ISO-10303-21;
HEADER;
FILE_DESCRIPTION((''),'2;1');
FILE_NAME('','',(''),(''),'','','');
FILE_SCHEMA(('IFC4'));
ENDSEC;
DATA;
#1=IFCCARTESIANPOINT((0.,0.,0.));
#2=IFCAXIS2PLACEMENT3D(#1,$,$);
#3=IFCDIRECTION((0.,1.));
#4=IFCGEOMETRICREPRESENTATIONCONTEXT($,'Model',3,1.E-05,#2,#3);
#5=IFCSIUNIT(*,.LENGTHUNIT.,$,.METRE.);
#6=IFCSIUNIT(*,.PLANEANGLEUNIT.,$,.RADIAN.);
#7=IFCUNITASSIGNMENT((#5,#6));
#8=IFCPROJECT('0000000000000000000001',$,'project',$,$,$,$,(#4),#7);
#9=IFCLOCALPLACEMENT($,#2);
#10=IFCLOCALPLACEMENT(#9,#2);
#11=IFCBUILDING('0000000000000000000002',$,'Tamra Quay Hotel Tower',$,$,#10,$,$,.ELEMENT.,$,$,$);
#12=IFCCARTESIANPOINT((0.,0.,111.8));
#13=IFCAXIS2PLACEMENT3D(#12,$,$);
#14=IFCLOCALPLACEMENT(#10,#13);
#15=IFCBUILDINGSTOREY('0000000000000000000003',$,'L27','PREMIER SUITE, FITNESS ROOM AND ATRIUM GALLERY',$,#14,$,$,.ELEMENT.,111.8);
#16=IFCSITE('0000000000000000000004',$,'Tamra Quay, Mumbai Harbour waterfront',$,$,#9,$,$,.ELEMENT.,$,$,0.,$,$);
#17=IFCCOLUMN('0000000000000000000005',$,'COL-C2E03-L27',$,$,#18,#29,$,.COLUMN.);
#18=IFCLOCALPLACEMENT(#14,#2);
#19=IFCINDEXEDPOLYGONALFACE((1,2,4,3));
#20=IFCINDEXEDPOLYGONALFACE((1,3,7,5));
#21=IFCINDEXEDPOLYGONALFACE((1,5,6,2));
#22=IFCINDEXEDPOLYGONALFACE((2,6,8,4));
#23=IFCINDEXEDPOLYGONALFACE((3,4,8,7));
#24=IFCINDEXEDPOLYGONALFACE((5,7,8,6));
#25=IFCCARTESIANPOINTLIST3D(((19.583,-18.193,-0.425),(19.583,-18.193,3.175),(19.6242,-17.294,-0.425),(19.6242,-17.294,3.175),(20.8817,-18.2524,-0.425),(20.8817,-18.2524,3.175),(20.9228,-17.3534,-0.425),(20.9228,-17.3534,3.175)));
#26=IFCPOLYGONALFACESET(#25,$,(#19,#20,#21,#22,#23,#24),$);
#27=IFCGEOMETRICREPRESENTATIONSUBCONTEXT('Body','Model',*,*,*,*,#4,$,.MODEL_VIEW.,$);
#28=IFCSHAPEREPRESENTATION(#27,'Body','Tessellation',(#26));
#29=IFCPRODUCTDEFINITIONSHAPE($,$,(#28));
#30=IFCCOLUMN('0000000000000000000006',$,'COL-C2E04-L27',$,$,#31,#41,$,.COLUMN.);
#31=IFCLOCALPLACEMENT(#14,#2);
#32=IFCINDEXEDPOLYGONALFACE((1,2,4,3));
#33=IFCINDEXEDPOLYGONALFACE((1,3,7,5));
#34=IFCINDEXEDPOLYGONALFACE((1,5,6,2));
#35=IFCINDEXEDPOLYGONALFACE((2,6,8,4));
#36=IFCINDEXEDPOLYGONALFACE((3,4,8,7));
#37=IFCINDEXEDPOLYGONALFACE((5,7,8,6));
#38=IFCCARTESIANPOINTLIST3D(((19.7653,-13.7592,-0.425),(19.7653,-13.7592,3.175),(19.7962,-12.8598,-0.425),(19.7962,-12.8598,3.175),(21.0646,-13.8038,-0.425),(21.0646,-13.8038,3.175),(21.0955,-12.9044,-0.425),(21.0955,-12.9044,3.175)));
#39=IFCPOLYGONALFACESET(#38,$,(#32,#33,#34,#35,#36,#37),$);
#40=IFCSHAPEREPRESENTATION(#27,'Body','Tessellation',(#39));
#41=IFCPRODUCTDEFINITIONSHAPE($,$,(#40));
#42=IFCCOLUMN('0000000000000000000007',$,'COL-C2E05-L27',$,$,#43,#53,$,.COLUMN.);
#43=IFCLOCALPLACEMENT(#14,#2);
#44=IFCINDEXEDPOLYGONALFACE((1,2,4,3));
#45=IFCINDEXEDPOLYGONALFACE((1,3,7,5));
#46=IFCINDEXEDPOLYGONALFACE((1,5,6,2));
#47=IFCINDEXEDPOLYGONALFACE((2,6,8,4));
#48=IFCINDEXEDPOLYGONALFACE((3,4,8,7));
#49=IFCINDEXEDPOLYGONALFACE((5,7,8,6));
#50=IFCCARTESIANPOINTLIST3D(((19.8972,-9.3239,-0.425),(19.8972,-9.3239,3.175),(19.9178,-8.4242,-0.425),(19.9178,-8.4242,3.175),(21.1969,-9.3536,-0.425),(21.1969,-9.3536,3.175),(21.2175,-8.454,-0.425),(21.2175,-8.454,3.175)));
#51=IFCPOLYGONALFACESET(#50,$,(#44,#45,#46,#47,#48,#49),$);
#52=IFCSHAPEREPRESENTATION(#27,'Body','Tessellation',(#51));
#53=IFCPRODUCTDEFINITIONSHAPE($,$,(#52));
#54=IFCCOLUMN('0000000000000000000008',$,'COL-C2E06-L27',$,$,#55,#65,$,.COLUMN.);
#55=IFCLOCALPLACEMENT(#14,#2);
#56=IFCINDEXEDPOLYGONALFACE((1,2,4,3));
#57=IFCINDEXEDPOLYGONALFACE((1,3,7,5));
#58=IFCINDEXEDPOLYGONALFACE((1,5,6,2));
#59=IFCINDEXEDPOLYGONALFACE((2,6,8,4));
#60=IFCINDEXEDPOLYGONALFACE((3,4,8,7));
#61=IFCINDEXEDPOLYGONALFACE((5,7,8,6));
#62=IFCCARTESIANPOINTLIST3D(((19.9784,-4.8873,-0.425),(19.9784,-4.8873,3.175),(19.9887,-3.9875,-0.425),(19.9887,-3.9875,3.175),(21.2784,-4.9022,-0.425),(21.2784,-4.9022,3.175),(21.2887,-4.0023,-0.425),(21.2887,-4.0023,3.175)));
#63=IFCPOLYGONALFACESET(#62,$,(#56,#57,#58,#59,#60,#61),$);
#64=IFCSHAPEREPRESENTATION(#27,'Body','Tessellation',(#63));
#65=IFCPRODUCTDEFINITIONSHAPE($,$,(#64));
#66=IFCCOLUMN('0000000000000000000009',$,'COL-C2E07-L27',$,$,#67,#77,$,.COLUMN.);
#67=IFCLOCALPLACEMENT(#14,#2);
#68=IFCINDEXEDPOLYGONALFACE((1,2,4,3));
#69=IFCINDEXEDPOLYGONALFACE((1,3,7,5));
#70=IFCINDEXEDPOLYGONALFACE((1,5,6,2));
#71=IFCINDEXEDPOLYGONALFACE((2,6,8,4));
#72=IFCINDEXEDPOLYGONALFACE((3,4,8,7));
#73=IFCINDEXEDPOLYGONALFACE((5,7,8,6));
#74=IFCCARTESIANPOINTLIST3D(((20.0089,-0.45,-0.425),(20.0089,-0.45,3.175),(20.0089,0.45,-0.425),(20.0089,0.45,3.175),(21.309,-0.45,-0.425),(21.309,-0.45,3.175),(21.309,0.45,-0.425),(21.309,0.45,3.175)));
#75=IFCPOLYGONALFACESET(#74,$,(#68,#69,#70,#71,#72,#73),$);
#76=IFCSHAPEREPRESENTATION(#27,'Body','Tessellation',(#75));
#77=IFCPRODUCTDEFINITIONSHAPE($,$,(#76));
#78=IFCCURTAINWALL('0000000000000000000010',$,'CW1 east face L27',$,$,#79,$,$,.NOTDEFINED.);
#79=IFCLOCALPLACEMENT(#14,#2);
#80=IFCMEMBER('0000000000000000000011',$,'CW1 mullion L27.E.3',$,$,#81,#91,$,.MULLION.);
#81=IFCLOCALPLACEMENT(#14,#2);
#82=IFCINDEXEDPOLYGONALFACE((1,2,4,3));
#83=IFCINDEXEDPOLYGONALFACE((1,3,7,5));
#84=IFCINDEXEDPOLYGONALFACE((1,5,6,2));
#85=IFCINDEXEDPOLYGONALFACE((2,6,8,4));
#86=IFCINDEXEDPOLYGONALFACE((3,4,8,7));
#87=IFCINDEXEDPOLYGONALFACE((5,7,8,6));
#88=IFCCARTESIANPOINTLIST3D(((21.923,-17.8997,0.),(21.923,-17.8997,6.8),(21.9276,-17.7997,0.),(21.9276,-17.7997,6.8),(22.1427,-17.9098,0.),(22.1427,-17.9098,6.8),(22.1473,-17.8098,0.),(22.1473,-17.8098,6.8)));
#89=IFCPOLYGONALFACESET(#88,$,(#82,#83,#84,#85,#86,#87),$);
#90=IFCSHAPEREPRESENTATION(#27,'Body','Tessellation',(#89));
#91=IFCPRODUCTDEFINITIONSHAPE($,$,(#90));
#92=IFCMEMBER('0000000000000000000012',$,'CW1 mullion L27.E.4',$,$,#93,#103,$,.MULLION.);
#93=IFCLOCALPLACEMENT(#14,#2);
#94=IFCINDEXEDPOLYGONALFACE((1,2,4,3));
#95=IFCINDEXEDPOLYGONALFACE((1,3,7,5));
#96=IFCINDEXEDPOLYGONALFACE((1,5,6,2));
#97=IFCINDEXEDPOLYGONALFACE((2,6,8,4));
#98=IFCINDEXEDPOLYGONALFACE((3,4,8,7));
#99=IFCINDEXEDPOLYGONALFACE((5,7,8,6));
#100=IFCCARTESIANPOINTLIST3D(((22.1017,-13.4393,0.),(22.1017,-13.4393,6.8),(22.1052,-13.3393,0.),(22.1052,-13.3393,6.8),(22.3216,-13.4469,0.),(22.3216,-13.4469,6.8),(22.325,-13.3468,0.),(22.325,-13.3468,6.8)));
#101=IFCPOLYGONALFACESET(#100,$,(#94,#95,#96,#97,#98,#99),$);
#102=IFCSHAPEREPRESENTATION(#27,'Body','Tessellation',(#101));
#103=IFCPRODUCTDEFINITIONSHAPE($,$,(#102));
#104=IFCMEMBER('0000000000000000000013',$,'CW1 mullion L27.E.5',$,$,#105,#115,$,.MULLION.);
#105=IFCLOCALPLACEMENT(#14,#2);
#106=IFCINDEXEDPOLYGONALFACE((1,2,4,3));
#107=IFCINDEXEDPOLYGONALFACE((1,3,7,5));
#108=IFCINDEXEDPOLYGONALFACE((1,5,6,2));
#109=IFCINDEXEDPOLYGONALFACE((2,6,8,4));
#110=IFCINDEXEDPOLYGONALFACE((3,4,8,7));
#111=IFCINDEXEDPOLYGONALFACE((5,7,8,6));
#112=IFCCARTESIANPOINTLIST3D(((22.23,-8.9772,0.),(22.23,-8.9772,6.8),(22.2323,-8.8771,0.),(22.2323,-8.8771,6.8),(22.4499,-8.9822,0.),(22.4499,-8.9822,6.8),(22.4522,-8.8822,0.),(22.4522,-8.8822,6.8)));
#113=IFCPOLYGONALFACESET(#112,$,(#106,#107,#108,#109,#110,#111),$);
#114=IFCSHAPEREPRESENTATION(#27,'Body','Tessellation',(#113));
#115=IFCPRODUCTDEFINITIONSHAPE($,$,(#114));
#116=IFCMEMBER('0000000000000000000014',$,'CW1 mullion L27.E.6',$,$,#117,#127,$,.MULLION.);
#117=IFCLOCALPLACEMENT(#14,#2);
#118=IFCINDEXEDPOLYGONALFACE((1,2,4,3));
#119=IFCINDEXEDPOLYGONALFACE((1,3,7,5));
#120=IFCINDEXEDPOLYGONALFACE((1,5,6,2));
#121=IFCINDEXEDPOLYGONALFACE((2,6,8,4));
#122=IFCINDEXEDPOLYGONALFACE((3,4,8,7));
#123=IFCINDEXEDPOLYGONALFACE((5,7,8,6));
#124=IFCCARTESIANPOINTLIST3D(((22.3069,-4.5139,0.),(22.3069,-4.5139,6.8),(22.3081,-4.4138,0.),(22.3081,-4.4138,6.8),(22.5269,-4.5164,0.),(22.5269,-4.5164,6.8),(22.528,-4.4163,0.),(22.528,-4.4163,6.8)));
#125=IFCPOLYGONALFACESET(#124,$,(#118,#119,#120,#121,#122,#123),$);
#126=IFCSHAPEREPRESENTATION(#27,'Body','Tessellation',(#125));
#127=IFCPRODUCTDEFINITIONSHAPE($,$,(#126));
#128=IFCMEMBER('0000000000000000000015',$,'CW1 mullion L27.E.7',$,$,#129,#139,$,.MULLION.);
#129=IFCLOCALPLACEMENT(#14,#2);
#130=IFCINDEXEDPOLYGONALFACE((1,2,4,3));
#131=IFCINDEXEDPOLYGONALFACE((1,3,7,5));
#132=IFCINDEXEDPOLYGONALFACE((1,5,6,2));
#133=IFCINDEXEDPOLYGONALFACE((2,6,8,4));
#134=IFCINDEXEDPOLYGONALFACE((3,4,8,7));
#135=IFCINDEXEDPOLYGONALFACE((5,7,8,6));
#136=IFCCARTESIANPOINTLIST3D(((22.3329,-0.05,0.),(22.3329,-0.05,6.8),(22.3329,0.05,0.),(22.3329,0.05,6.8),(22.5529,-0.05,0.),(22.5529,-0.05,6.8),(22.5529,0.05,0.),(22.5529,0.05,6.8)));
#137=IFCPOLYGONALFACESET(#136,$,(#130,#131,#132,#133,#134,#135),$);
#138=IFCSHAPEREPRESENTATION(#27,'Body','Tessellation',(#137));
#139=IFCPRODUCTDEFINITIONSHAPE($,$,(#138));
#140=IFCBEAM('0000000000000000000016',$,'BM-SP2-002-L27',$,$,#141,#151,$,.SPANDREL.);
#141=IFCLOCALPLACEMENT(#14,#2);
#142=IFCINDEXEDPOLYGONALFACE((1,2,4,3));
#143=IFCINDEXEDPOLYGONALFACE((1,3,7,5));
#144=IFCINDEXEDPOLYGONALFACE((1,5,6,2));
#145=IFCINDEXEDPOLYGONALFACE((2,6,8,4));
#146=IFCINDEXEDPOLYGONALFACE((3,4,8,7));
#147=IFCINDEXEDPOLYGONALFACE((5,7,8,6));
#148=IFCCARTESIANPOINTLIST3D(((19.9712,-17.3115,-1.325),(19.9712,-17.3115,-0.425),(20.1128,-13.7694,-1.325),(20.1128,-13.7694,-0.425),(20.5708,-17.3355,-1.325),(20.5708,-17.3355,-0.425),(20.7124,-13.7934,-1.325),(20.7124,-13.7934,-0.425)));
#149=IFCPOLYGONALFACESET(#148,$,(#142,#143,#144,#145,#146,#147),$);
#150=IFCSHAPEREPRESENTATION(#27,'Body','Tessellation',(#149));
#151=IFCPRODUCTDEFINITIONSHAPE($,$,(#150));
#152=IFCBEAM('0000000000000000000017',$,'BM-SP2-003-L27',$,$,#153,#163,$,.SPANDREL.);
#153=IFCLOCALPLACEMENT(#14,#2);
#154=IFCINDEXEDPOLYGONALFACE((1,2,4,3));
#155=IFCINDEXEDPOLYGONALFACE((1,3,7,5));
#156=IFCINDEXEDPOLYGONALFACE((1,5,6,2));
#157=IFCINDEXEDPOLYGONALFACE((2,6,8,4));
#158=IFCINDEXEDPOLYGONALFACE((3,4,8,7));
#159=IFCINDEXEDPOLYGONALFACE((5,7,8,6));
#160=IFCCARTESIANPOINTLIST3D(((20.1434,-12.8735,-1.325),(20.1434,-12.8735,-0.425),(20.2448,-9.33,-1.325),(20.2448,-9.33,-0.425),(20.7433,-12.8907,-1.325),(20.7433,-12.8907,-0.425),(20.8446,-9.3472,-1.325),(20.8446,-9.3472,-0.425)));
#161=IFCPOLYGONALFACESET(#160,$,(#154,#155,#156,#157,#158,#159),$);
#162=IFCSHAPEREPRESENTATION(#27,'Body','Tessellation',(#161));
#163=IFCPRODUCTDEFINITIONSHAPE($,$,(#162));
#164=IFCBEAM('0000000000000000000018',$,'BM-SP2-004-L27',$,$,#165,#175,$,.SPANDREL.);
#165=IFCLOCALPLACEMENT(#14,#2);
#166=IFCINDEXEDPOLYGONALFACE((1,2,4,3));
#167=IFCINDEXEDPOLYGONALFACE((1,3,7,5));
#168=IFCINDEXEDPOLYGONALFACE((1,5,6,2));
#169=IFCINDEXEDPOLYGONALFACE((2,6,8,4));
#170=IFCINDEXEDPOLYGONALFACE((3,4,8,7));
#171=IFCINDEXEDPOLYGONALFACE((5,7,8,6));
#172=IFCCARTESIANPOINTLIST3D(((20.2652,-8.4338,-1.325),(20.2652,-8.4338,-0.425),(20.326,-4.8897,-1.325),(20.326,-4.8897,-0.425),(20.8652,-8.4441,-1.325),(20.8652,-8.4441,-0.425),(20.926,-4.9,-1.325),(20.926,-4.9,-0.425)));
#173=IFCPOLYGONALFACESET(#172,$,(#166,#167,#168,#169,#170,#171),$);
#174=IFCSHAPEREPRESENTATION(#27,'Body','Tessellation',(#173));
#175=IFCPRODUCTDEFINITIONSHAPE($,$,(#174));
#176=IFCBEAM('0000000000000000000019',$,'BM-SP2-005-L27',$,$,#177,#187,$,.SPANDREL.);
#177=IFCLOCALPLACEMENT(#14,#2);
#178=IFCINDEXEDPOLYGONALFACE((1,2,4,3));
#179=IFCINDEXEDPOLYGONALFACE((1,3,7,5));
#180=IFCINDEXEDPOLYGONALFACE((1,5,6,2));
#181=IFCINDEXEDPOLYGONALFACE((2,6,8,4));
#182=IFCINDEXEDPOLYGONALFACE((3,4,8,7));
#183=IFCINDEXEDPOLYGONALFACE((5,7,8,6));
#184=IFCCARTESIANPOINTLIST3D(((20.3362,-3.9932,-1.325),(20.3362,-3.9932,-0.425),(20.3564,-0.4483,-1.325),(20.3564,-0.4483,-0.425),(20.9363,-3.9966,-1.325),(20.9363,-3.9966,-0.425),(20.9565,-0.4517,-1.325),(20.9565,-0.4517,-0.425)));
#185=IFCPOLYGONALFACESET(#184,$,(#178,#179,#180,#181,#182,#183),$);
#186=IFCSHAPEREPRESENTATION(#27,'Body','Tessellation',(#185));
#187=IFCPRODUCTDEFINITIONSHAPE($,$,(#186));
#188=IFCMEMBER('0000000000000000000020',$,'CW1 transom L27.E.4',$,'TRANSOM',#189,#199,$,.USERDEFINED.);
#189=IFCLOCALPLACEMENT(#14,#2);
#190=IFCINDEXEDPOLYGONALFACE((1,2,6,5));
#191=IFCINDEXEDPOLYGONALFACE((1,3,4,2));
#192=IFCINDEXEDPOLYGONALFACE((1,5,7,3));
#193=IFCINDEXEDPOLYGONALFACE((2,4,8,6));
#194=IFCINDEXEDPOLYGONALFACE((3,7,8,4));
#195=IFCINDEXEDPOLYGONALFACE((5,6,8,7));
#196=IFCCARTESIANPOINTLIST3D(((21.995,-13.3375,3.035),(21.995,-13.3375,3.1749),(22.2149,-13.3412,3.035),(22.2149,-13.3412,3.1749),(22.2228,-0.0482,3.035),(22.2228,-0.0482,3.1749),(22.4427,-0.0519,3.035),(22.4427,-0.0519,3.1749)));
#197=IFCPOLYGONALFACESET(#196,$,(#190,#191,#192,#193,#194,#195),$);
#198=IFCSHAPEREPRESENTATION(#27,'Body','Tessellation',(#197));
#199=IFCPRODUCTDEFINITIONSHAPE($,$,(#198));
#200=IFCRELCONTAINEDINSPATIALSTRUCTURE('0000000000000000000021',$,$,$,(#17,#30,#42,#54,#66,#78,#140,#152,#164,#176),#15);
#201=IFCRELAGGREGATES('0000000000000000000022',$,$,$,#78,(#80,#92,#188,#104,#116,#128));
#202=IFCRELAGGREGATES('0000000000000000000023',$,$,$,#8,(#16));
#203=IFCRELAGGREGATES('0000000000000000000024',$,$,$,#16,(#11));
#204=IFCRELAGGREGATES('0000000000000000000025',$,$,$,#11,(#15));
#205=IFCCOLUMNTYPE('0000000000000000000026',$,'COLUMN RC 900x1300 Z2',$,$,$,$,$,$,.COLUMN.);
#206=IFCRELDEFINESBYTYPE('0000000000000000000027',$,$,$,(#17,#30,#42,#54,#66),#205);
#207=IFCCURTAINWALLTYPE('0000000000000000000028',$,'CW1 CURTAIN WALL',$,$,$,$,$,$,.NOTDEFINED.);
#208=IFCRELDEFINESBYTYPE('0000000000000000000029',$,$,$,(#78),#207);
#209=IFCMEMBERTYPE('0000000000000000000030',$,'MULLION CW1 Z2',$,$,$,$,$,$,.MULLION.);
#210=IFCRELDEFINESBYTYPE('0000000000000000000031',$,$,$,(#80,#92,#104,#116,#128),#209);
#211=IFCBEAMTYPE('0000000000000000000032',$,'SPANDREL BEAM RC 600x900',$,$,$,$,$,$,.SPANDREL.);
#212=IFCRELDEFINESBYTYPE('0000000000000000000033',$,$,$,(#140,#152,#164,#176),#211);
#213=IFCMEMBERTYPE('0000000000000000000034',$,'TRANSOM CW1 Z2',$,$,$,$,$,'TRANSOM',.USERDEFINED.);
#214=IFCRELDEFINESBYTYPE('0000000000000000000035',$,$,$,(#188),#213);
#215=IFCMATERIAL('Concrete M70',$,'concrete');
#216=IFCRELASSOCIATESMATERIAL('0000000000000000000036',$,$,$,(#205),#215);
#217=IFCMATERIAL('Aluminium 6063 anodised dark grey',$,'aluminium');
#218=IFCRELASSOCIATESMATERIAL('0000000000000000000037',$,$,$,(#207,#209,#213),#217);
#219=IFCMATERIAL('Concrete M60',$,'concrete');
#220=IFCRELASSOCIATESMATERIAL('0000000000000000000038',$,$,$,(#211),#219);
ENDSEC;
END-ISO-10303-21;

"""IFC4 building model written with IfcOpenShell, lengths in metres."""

from ifc_helpers import new_model, si_unit, direction, frame, origin, origin_2d, place, context, subcontext, project, spatial, rectangle, extrude, material, material_profile, profile_set, type_object, element, aggregate, save


model = new_model("IFC4")

# Units and contexts
model_context = context("Model", 3, precision=1e-05, world=origin(), true_north=direction((0.0, 1.0)))
body_context = subcontext(model_context, "Body", "Model", "MODEL_VIEW")
ifc_project = project(units=[si_unit("LENGTHUNIT", "METRE"), si_unit("PLANEANGLEUNIT", "RADIAN")], contexts=[model_context])

# Site, building, storey
site_placement = place(None, origin())
site = spatial("IfcSite", under=ifc_project, at=site_placement, Name="Tamra Quay, Mumbai Harbour waterfront", CompositionType="ELEMENT", RefElevation=0.0)
building_placement = place(site_placement, origin())
building = spatial("IfcBuilding", under=site, at=building_placement, Name="Tamra Quay Hotel Tower", CompositionType="ELEMENT")
storey_placement = place(building_placement, frame((0.0, 0.0, 111.8)))
storey = spatial("IfcBuildingStorey", under=building, at=storey_placement, Name="L27", Description="PREMIER SUITE, FITNESS ROOM AND ATRIUM GALLERY", CompositionType="ELEMENT", Elevation=111.8)

# Columns
ifc_material_1 = material(Name="Concrete M70", Category="concrete")
ifc_material_profile_1 = material_profile(ifc_material_1, rectangle(XDim=1.3, YDim=0.8999, at=origin_2d()), Name="COLUMN RC 900x1300 Z2")
ifc_profile_set_1 = profile_set([ifc_material_profile_1], Name="Concrete M70")
column_type = type_object("IfcColumnType", Name="COLUMN RC 900x1300 Z2", PredefinedType="COLUMN", material=ifc_profile_set_1)
for number, where, z_axis, x_axis, name in (
    (1, (20.2529, -17.7732, -0.425), (0.0, 0.0, 1.0), (-0.998955, 0.045712, 0.0), "COL-C2E03-L27"),
    (2, (20.4304, -13.3318, -0.425), (0.0, 0.0, 1.0), (-0.999412, 0.034299, 0.0), "COL-C2E04-L27"),
    (3, (20.5574, -8.8889, -0.425), (0.0, 0.0, 1.0), (-0.999738, 0.022874, 0.0), "COL-C2E05-L27"),
    (4, (20.6335, -4.4448, -0.425), (0.0, 0.0, 1.0), (-0.999935, 0.011439, 0.0), "COL-C2E06-L27"),
    (5, (20.6589, 0.0, -0.425), (0.0, 0.0, 1.0), (1.0, 0.0, 0.0), "COL-C2E07-L27"),
):
    element("IfcColumn", number, at=place(storey_placement, frame(where, z_axis=z_axis, x_axis=x_axis)), inside=storey, type_object=column_type, Name=name, PredefinedType="COLUMN", context=body_context, shape_type="SweptSolid", body=[
        extrude(rectangle(XDim=1.3, YDim=0.8999, at=origin_2d()), origin(), (0.0, 0.0, 1.0), 3.6001),
    ])

# Curtain wall, members
ifc_material_2 = material(Name="Aluminium 6063 anodised dark grey", Category="aluminium")
curtain_wall_type = type_object("IfcCurtainWallType", Name="CW1 CURTAIN WALL", PredefinedType="NOTDEFINED", material=ifc_material_2)
curtain_wall_placement = place(storey_placement, origin())
curtain_wall = element("IfcCurtainWall", 6, at=curtain_wall_placement, inside=storey, type_object=curtain_wall_type, Name="CW1 east face L27", PredefinedType="NOTDEFINED")
ifc_material_profile_2 = material_profile(ifc_material_2, rectangle(XDim=0.22, YDim=0.1001, at=origin_2d()), Name="MULLION 100X220")
ifc_profile_set_2 = profile_set([ifc_material_profile_2], Name="Aluminium 6063 anodised dark grey")
member_type_1 = type_object("IfcMemberType", Name="MULLION CW1 Z2", PredefinedType="MULLION", material=ifc_profile_set_2)
member_1_placement = place(storey_placement, frame((22.0352, -17.8547, 0.0), z_axis=(0.0, 0.0, 1.0), x_axis=(0.998958, -0.045633, 0.0)))
member_1 = element("IfcMember", 7, at=member_1_placement, type_object=member_type_1, Name="CW1 mullion L27.E.3", PredefinedType="MULLION", context=body_context, shape_type="SweptSolid", body=[
    extrude(rectangle(XDim=0.22, YDim=0.1001, at=origin_2d()), origin(), (0.0, 0.0, 1.0), 6.8),
])
member_2_placement = place(storey_placement, frame((22.2134, -13.3931, 0.0), z_axis=(0.0, 0.0, 1.0), x_axis=(0.999413, -0.034246, 0.0)))
member_2 = element("IfcMember", 8, at=member_2_placement, type_object=member_type_1, Name="CW1 mullion L27.E.4", PredefinedType="MULLION", context=body_context, shape_type="SweptSolid", body=[
    extrude(rectangle(XDim=0.22, YDim=0.1001, at=origin_2d()), origin(), (0.0, 0.0, 1.0), 6.8),
])
member_3_placement = place(storey_placement, frame((22.3411, -8.9297, 0.0), z_axis=(0.0, 0.0, 1.0), x_axis=(0.999739, -0.02284, 0.0)))
member_3 = element("IfcMember", 9, at=member_3_placement, type_object=member_type_1, Name="CW1 mullion L27.E.5", PredefinedType="MULLION", context=body_context, shape_type="SweptSolid", body=[
    extrude(rectangle(XDim=0.22, YDim=0.1001, at=origin_2d()), origin(), (0.0, 0.0, 1.0), 6.8),
])
member_4_placement = place(storey_placement, frame((22.4175, -4.4651, 0.0), z_axis=(0.0, 0.0, 1.0), x_axis=(0.999935, -0.011423, 0.0)))
member_4 = element("IfcMember", 10, at=member_4_placement, type_object=member_type_1, Name="CW1 mullion L27.E.6", PredefinedType="MULLION", context=body_context, shape_type="SweptSolid", body=[
    extrude(rectangle(XDim=0.22, YDim=0.1001, at=origin_2d()), origin(), (0.0, 0.0, 1.0), 6.8),
])
member_5_placement = place(storey_placement, frame((22.4429, 0.0, 0.0), z_axis=(0.0, 0.0, 1.0), x_axis=(1.0, 0.0, 0.0)))
member_5 = element("IfcMember", 11, at=member_5_placement, type_object=member_type_1, Name="CW1 mullion L27.E.7", PredefinedType="MULLION", context=body_context, shape_type="SweptSolid", body=[
    extrude(rectangle(XDim=0.22, YDim=0.1001, at=origin_2d()), origin(), (0.0, 0.0, 1.0), 6.8),
])

# Beams
ifc_material_3 = material(Name="Concrete M60", Category="concrete")
ifc_material_profile_3 = material_profile(ifc_material_3, rectangle(XDim=0.6001, YDim=0.8999, at=origin_2d()), Name="SPANDREL BEAM RC 600x900")
ifc_profile_set_3 = profile_set([ifc_material_profile_3], Name="Concrete M60")
beam_type = type_object("IfcBeamType", Name="SPANDREL BEAM RC 600x900", PredefinedType="SPANDREL", material=ifc_profile_set_3)
for number, where, z_axis, x_axis, name in (
    (12, (20.271, -17.3235, -0.875), (0.039946, 0.999202, 0.0), (-0.999202, 0.039946, 0.0), "BM-SP2-002-L27"),
    (13, (20.4434, -12.8821, -0.875), (0.028581, 0.999591, 0.0), (-0.999591, 0.028581, 0.0), "BM-SP2-003-L27"),
):
    element("IfcBeam", number, at=place(storey_placement, frame(where, z_axis=z_axis, x_axis=x_axis)), inside=storey, type_object=beam_type, Name=name, PredefinedType="SPANDREL", context=body_context, shape_type="SweptSolid", body=[
        extrude(rectangle(XDim=0.6001, YDim=0.8999, at=origin_2d()), origin(), (0.0, 0.0, 1.0), 3.5449),
    ])
beam_1_placement = place(storey_placement, frame((20.5652, -8.439, -0.875), z_axis=(0.01715, 0.999853, 0.0), x_axis=(-0.999853, 0.01715, 0.0)))
element("IfcBeam", 14, at=beam_1_placement, inside=storey, type_object=beam_type, Name="BM-SP2-004-L27", PredefinedType="SPANDREL", context=body_context, shape_type="SweptSolid", body=[
    extrude(rectangle(XDim=0.6001, YDim=0.8999, at=origin_2d()), origin(), (0.0, 0.0, 1.0), 3.5447),
])
beam_2_placement = place(storey_placement, frame((20.6362, -3.9949, -0.875), z_axis=(0.005716, 0.999984, 0.0), x_axis=(-0.999984, 0.005716, 0.0)))
element("IfcBeam", 15, at=beam_2_placement, inside=storey, type_object=beam_type, Name="BM-SP2-005-L27", PredefinedType="SPANDREL", context=body_context, shape_type="SweptSolid", body=[
    extrude(rectangle(XDim=0.6001, YDim=0.8999, at=origin_2d()), origin(), (0.0, 0.0, 1.0), 3.5449),
])

# Member
ifc_material_profile_4 = material_profile(ifc_material_2, rectangle(XDim=0.22, YDim=0.1399, at=origin_2d()), Name="TRANSOM 220X140")
ifc_profile_set_4 = profile_set([ifc_material_profile_4], Name="Aluminium 6063 anodised dark grey")
member_type_2 = type_object("IfcMemberType", Name="TRANSOM CW1 Z2", ElementType="TRANSOM", PredefinedType="USERDEFINED", material=ifc_profile_set_4)
member_6_placement = place(storey_placement, frame((22.105, -13.3394, 3.105), z_axis=(0.017138, 0.999853, 0.0), x_axis=(-0.999853, 0.017138, 0.0)))
member_6 = element("IfcMember", 16, at=member_6_placement, type_object=member_type_2, Name="CW1 transom L27.E.4", ObjectType="TRANSOM", PredefinedType="USERDEFINED", context=body_context, shape_type="SweptSolid", body=[
    extrude(rectangle(XDim=0.22, YDim=0.1399, at=origin_2d()), origin(), (0.0, 0.0, 1.0), 13.2913),
])

aggregate(curtain_wall, [member_1, member_2, member_6, member_3, member_4, member_5])

save(model, "model.ifc")
